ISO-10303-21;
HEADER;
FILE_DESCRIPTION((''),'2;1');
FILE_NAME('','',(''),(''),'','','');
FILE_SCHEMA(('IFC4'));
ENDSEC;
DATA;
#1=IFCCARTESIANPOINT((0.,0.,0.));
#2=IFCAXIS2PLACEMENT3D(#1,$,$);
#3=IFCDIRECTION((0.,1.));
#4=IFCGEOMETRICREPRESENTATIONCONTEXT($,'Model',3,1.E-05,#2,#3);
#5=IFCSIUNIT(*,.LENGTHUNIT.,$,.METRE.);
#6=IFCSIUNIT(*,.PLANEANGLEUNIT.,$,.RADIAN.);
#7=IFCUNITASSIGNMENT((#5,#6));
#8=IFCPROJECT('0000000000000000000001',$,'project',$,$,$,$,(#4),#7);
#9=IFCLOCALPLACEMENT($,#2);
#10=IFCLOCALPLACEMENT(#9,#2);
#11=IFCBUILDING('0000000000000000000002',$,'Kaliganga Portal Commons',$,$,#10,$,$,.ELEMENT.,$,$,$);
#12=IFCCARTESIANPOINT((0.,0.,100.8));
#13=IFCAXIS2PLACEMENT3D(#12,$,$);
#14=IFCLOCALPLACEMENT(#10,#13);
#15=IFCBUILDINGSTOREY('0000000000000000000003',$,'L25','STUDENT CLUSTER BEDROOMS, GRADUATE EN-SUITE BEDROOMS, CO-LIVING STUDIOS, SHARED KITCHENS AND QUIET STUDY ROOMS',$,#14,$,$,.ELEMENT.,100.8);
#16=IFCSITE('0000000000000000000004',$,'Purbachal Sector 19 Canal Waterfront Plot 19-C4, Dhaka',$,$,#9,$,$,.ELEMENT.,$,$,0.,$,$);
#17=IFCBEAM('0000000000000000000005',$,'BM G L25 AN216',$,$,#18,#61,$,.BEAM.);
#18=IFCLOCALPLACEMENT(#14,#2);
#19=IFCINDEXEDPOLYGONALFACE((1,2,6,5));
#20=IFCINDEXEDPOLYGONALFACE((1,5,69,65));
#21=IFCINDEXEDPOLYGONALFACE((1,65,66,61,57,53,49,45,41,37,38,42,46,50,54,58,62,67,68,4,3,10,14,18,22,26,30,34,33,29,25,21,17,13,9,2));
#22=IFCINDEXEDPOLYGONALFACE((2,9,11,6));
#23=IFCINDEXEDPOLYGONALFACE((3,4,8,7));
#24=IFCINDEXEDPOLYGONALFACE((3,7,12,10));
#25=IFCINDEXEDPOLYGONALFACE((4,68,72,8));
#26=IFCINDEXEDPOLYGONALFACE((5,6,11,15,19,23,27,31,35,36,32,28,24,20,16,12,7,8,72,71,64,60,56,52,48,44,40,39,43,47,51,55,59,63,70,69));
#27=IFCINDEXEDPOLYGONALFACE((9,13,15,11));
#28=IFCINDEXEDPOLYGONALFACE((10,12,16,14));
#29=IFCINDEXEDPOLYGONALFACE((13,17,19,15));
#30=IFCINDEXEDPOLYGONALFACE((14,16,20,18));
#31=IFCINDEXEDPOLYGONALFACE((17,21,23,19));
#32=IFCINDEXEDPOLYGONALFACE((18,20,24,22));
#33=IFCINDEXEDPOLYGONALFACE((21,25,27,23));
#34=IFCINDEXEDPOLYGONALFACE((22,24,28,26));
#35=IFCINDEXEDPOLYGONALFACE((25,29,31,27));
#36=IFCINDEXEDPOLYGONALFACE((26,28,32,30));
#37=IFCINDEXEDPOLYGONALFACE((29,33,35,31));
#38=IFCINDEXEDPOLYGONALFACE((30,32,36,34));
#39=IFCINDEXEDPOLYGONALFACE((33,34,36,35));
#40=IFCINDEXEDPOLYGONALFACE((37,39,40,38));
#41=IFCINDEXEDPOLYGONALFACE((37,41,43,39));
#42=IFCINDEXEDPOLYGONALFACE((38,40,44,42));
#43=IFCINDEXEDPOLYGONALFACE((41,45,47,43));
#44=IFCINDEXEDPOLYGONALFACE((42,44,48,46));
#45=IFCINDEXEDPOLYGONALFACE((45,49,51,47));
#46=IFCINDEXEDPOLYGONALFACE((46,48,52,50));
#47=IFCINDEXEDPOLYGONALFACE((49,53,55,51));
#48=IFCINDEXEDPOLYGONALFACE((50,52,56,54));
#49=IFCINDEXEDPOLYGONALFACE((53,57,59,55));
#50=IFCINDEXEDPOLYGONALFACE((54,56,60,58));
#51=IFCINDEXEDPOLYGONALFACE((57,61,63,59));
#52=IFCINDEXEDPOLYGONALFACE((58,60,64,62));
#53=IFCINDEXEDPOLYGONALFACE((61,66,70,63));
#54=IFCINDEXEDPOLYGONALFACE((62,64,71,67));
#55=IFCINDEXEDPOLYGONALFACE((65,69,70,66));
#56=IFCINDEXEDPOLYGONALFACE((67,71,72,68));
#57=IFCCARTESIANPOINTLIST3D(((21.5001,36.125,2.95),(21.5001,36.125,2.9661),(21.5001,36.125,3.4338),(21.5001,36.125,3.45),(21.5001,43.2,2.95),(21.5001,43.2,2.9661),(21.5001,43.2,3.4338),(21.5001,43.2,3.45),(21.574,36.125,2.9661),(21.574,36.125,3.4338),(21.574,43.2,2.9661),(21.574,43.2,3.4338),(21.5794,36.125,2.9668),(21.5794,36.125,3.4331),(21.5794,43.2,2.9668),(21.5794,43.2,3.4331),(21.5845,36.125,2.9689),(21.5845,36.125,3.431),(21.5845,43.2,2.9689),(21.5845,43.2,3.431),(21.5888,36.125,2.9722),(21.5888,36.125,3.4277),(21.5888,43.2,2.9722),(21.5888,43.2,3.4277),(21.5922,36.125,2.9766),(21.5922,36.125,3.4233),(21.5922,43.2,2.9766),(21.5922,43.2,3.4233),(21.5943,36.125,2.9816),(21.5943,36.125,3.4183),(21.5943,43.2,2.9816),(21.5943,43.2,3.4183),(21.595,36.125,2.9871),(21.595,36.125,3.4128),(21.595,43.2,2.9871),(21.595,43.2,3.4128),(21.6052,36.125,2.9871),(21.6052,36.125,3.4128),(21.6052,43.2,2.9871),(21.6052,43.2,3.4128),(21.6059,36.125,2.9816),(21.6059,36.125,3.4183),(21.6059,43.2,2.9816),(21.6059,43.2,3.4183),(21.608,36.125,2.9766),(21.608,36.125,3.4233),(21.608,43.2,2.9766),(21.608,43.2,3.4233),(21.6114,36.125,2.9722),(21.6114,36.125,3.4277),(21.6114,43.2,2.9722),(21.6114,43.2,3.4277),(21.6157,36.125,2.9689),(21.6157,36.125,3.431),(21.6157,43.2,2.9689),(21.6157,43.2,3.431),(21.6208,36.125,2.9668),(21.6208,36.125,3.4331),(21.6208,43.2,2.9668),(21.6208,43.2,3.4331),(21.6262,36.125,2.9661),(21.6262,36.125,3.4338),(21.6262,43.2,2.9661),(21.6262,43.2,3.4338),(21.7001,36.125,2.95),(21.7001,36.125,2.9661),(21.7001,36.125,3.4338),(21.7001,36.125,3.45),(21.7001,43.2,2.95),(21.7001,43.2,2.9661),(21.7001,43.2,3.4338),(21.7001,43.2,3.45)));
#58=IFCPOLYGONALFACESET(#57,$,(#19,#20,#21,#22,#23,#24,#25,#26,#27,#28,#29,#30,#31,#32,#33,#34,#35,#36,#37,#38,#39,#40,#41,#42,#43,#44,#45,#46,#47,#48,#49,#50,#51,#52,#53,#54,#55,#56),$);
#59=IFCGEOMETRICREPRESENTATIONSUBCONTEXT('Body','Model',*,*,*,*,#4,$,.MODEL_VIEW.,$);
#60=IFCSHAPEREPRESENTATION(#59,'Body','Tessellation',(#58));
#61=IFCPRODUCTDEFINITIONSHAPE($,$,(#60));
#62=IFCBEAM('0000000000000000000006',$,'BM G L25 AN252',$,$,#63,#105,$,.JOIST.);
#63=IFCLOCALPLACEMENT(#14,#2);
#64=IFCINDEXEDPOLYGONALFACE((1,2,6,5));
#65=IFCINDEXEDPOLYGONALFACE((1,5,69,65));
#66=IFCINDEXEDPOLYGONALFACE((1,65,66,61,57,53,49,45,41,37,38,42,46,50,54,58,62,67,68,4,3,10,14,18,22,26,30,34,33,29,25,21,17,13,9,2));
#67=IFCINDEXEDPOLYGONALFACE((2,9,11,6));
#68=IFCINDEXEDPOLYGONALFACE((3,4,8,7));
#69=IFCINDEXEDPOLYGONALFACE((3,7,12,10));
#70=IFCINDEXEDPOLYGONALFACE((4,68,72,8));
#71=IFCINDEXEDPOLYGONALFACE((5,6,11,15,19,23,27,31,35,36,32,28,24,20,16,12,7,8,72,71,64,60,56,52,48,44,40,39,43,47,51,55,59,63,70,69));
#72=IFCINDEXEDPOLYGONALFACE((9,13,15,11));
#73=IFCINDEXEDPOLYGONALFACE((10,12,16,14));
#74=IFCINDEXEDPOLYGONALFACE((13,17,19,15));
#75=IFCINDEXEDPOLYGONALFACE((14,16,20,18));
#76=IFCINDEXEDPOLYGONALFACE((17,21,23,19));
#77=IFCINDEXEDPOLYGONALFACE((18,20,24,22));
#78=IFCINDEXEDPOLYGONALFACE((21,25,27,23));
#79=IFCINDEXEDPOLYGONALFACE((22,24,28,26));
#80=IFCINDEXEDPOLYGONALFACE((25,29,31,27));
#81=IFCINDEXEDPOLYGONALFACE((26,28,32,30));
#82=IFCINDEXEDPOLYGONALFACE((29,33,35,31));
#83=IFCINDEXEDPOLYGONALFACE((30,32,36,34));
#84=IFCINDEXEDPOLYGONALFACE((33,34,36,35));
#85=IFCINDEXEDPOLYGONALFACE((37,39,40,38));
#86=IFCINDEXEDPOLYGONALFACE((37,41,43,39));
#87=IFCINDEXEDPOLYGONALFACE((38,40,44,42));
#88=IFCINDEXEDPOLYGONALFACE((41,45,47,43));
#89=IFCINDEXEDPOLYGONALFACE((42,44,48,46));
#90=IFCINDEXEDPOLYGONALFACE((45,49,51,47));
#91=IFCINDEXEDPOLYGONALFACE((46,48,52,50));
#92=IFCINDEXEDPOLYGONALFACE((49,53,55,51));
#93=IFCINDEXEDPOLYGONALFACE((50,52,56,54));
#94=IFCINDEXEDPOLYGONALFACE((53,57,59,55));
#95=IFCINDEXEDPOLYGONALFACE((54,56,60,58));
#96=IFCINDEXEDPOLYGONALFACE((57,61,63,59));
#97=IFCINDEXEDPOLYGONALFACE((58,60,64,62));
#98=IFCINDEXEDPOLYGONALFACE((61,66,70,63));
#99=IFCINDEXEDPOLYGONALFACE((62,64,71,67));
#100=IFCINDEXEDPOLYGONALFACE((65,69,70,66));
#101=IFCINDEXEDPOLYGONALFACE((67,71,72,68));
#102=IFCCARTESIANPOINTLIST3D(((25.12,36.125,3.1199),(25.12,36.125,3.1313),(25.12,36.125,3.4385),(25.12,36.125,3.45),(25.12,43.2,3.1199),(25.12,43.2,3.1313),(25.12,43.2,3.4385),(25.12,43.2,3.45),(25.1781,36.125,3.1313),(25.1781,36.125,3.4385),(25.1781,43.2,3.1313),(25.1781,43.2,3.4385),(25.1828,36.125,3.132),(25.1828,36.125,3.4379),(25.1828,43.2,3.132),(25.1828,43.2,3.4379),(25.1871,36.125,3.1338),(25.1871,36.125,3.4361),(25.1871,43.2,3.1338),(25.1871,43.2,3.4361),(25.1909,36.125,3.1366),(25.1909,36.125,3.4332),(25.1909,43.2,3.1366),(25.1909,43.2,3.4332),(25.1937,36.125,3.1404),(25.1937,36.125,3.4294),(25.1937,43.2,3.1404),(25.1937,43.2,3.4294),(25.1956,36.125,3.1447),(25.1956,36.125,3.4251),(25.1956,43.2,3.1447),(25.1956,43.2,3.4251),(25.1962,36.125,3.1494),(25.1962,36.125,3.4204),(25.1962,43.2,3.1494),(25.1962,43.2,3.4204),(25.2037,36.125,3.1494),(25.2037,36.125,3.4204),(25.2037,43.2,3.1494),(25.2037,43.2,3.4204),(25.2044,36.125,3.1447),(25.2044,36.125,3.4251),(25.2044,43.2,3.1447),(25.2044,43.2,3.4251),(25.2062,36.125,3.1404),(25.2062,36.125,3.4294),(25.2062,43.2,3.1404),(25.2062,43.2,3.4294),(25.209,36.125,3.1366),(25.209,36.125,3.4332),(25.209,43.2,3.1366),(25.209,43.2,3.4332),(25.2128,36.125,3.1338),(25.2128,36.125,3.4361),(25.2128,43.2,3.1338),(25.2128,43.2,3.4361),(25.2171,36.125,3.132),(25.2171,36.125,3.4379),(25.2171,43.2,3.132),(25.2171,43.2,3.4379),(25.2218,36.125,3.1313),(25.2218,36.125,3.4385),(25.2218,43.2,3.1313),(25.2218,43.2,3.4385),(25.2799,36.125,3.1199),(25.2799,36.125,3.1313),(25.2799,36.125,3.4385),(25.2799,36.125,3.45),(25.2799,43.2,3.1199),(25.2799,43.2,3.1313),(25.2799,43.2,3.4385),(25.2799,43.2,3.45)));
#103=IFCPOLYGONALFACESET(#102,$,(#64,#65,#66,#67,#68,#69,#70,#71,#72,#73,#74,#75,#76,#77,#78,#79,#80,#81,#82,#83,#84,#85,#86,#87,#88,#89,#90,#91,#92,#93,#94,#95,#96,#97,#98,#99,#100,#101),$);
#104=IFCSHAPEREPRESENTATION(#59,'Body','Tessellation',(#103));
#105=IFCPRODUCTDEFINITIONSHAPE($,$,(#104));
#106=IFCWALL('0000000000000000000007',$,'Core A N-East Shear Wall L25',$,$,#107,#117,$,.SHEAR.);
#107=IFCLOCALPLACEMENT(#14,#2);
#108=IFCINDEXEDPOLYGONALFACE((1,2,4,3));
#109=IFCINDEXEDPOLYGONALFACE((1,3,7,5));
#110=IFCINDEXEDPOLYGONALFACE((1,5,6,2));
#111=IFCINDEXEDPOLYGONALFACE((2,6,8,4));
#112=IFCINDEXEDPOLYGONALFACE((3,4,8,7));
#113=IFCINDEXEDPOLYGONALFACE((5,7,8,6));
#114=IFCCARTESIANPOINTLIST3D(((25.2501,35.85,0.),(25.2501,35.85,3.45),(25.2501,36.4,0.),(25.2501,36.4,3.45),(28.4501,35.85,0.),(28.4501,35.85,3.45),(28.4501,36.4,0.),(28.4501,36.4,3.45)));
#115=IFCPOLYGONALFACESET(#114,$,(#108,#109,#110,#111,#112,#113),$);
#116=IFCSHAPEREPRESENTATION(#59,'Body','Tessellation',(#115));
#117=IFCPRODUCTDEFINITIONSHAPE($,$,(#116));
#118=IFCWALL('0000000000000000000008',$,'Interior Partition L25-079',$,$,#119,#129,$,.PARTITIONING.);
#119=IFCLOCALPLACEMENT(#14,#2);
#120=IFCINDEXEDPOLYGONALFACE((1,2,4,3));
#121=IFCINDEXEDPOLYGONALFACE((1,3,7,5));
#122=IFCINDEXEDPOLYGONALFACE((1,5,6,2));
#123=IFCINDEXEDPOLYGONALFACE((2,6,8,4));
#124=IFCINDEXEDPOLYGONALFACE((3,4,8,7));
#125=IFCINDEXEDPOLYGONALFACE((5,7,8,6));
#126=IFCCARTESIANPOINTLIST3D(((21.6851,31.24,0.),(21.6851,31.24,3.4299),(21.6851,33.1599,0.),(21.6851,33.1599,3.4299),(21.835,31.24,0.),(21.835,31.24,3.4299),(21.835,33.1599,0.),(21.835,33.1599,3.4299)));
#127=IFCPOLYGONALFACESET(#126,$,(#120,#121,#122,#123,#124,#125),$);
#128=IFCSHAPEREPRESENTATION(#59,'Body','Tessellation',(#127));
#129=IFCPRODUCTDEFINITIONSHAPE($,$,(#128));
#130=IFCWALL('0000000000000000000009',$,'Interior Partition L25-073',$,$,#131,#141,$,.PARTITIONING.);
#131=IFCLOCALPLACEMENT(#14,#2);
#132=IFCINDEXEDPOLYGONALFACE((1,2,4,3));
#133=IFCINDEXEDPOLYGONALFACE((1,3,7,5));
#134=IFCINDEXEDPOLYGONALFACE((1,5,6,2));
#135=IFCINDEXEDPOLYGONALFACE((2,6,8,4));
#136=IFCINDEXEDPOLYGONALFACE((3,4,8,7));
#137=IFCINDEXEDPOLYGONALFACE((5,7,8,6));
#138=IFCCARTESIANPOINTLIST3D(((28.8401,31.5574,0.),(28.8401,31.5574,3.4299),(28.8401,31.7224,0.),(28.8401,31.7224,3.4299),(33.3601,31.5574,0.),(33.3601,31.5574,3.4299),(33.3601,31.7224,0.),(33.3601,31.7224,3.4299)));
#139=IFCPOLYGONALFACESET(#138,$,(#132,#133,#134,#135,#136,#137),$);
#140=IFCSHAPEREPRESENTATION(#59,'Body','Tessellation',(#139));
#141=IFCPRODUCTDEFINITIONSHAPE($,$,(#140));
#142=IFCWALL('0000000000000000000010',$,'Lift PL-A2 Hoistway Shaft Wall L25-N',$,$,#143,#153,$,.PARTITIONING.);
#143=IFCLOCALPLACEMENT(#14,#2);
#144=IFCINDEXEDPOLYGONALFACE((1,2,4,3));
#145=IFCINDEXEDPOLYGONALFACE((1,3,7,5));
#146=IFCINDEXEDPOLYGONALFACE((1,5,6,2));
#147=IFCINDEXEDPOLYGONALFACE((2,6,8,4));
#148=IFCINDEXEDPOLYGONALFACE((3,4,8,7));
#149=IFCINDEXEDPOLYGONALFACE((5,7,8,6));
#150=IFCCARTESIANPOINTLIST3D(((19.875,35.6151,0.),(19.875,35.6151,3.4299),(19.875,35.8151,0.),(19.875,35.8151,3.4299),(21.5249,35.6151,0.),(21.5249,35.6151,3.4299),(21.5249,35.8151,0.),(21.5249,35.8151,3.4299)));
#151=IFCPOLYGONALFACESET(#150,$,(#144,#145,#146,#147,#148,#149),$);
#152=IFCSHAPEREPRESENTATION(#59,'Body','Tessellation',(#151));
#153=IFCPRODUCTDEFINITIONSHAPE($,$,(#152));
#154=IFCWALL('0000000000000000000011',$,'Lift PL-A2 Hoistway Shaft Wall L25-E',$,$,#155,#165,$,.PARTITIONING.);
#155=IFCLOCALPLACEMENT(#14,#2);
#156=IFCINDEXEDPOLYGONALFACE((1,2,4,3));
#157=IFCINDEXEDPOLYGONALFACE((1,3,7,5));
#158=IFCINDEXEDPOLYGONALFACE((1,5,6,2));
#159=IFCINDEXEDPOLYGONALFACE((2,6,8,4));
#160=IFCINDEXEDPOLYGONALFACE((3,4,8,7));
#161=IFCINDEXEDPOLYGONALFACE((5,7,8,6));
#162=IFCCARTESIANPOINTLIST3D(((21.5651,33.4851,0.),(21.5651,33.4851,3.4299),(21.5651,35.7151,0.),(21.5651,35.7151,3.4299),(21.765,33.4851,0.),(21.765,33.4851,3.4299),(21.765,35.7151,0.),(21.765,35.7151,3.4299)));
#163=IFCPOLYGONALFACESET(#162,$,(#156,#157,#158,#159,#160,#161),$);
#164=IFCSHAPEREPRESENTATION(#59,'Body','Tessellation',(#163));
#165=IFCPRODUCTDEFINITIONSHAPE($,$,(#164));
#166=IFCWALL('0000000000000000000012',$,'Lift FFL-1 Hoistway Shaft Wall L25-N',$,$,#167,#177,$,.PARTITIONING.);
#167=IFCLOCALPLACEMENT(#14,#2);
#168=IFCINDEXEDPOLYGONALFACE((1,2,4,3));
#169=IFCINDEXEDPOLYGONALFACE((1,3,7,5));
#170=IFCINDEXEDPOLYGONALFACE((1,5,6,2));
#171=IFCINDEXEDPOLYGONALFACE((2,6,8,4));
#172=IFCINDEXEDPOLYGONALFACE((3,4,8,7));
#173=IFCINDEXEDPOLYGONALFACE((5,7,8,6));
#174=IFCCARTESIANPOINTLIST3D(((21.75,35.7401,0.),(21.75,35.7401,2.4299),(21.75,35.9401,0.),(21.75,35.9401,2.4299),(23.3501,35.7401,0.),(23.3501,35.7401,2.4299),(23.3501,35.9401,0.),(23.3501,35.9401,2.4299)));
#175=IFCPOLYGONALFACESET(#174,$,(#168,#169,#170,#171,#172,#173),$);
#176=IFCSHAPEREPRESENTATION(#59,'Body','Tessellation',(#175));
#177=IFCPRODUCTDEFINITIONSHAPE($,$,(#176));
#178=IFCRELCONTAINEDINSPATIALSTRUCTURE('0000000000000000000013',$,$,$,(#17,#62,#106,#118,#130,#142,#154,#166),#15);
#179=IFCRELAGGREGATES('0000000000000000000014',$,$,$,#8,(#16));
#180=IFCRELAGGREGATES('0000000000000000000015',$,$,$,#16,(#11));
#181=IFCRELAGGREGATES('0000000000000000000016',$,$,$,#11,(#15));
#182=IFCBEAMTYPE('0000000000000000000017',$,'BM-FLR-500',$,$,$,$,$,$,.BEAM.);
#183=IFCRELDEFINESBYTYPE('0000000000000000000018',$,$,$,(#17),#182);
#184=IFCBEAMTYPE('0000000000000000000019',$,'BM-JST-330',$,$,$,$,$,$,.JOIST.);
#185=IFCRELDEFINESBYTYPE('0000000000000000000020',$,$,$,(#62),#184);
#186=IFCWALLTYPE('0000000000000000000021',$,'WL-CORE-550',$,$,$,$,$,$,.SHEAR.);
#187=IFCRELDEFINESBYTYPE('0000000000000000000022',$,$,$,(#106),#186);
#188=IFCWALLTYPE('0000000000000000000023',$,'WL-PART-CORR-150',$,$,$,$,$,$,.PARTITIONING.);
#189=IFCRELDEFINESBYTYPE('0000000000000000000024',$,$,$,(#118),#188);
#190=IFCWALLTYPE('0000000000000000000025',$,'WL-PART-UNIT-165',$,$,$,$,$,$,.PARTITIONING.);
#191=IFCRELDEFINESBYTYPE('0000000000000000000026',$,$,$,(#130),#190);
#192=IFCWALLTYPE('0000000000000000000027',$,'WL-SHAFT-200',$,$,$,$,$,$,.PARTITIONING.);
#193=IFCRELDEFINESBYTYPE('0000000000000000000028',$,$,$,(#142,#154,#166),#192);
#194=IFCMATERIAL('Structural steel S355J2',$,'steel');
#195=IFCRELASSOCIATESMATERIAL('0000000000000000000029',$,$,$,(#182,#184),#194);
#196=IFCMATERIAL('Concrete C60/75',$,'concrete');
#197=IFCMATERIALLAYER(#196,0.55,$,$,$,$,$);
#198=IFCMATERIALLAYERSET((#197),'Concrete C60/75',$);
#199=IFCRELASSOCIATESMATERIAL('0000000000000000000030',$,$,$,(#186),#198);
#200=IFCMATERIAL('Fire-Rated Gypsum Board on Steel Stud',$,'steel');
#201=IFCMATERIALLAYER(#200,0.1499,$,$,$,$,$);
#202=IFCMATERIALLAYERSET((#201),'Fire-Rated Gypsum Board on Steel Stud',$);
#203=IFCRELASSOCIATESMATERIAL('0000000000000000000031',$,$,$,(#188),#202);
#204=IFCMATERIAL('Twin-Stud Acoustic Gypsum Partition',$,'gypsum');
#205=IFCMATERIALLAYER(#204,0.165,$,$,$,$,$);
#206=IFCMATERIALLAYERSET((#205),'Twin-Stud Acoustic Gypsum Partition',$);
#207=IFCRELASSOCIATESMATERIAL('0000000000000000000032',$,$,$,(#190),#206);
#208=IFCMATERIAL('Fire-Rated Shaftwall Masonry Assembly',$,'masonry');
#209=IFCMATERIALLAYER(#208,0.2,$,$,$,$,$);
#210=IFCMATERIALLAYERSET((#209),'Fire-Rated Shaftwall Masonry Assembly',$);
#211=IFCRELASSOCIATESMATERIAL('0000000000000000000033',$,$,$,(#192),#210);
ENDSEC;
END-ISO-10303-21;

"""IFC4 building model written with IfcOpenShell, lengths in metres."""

from ifc_helpers import new_model, si_unit, direction, frame, frame_2d, origin, origin_2d, place, context, subcontext, project, spatial, rectangle, i_section, extrude, source, transform, mapped, material, layer, layer_set, material_profile, profile_set, type_object, element, save


model = new_model("IFC4")

# Units and contexts
model_context = context("Model", 3, precision=1e-05, world=origin(), true_north=direction((0.0, 1.0)))
body_context = subcontext(model_context, "Body", "Model", "MODEL_VIEW")
ifc_project = project(units=[si_unit("LENGTHUNIT", "METRE"), si_unit("PLANEANGLEUNIT", "RADIAN")], contexts=[model_context])

# Site, building, storey
site_placement = place(None, origin())
site = spatial("IfcSite", under=ifc_project, at=site_placement, Name="Purbachal Sector 19 Canal Waterfront Plot 19-C4, Dhaka", CompositionType="ELEMENT", RefElevation=0.0)
building_placement = place(site_placement, origin())
building = spatial("IfcBuilding", under=site, at=building_placement, Name="Kaliganga Portal Commons", CompositionType="ELEMENT")
storey_placement = place(building_placement, frame((0.0, 0.0, 100.8)))
storey = spatial("IfcBuildingStorey", under=building, at=storey_placement, Name="L25", Description="STUDENT CLUSTER BEDROOMS, GRADUATE EN-SUITE BEDROOMS, CO-LIVING STUDIOS, SHARED KITCHENS AND QUIET STUDY ROOMS", CompositionType="ELEMENT", Elevation=100.8)

# Beams
ifc_material_1 = material(Name="Structural steel S355J2", Category="steel")
ifc_material_profile_1 = material_profile(ifc_material_1, i_section(OverallWidth=0.2, OverallDepth=0.5, WebThickness=0.0103, FlangeThickness=0.0161, FilletRadius=0.021, at=origin_2d()), Name="IPE 500")
ifc_profile_set_1 = profile_set([ifc_material_profile_1], Name="Structural steel S355J2 wide-flange")
beam_type_1 = type_object("IfcBeamType", Name="BM-FLR-500", PredefinedType="BEAM", material=ifc_profile_set_1)
shared_shape_1 = source(origin(), body_context, "Body", "SweptSolid", [
    extrude(i_section(OverallWidth=0.2, OverallDepth=0.5, WebThickness=0.0103, FlangeThickness=0.0161, FilletRadius=0.021, at=origin_2d()), origin(), (0.0, 0.0, 1.0), 7.075),
])
beam_1_placement = place(storey_placement, frame((21.6001, 36.125, 3.2), z_axis=(0.0, 1.0, 0.0), x_axis=(-1.0, 0.0, 0.0)))
element("IfcBeam", 1, at=beam_1_placement, inside=storey, type_object=beam_type_1, Name="BM G L25 AN216", PredefinedType="BEAM", context=body_context, shape_type="MappedRepresentation", body=[
    mapped(shared_shape_1, transform((0.0, 0.0, 0.0), x_axis=(1.0, 0.0, 0.0), y_axis=(0.0, 1.0, 0.0), z_axis=(0.0, 0.0, 1.0), scale=1.0)),
])
ifc_material_profile_2 = material_profile(ifc_material_1, i_section(OverallWidth=0.1599, OverallDepth=0.3301, WebThickness=0.0076, FlangeThickness=0.0115, FilletRadius=0.0181, at=origin_2d()), Name="IPE 330")
ifc_profile_set_2 = profile_set([ifc_material_profile_2], Name="Structural steel S355J2 wide-flange")
beam_type_2 = type_object("IfcBeamType", Name="BM-JST-330", PredefinedType="JOIST", material=ifc_profile_set_2)
shared_shape_2 = source(origin(), body_context, "Body", "SweptSolid", [
    extrude(i_section(OverallWidth=0.1599, OverallDepth=0.3301, WebThickness=0.0076, FlangeThickness=0.0115, FilletRadius=0.0181, at=origin_2d()), origin(), (0.0, 0.0, 1.0), 7.075),
])
beam_2_placement = place(storey_placement, frame((25.2, 36.125, 3.2849), z_axis=(0.0, 1.0, 0.0), x_axis=(-1.0, 0.0, 0.0)))
element("IfcBeam", 2, at=beam_2_placement, inside=storey, type_object=beam_type_2, Name="BM G L25 AN252", PredefinedType="JOIST", context=body_context, shape_type="MappedRepresentation", body=[
    mapped(shared_shape_2, transform((0.0, 0.0, 0.0), x_axis=(1.0, 0.0, 0.0), y_axis=(0.0, 1.0, 0.0), z_axis=(0.0, 0.0, 1.0), scale=1.0)),
])

# Walls
ifc_material_2 = material(Name="Concrete C60/75", Category="concrete")
ifc_layer_1 = layer(ifc_material_2, 0.55)
ifc_layer_set_1 = layer_set([ifc_layer_1], Name="Concrete C60/75")
wall_type_1 = type_object("IfcWallType", Name="WL-CORE-550", PredefinedType="SHEAR", material=ifc_layer_set_1)
wall_1_placement = place(storey_placement, frame((25.25, 36.125, 0.0), z_axis=(0.0, 0.0, 1.0), x_axis=(1.0, 0.0, 0.0)))
element("IfcWall", 3, at=wall_1_placement, inside=storey, type_object=wall_type_1, Name="Core A N-East Shear Wall L25", PredefinedType="SHEAR", context=body_context, shape_type="SweptSolid", body=[
    extrude(rectangle(XDim=3.2, YDim=0.55, at=frame_2d((1.6001, 0.0))), origin(), (0.0, 0.0, 1.0), 3.45),
])
ifc_material_3 = material(Name="Fire-Rated Gypsum Board on Steel Stud", Category="steel")
ifc_layer_2 = layer(ifc_material_3, 0.1499)
ifc_layer_set_2 = layer_set([ifc_layer_2], Name="Fire-Rated Gypsum Board on Steel Stud")
wall_type_2 = type_object("IfcWallType", Name="WL-PART-CORR-150", PredefinedType="PARTITIONING", material=ifc_layer_set_2)
wall_2_placement = place(storey_placement, frame((21.76, 31.24, 0.0), z_axis=(0.0, 0.0, 1.0), x_axis=(0.0, 1.0, 0.0)))
element("IfcWall", 4, at=wall_2_placement, inside=storey, type_object=wall_type_2, Name="Interior Partition L25-079", PredefinedType="PARTITIONING", context=body_context, shape_type="SweptSolid", body=[
    extrude(rectangle(XDim=1.9199, YDim=0.1499, at=frame_2d((0.96, 0.0))), origin(), (0.0, 0.0, 1.0), 3.4299),
])
ifc_material_4 = material(Name="Twin-Stud Acoustic Gypsum Partition", Category="gypsum")
ifc_layer_3 = layer(ifc_material_4, 0.165)
ifc_layer_set_3 = layer_set([ifc_layer_3], Name="Twin-Stud Acoustic Gypsum Partition")
wall_type_3 = type_object("IfcWallType", Name="WL-PART-UNIT-165", PredefinedType="PARTITIONING", material=ifc_layer_set_3)
wall_3_placement = place(storey_placement, frame((28.8401, 31.6399, 0.0), z_axis=(0.0, 0.0, 1.0), x_axis=(1.0, 0.0, 0.0)))
element("IfcWall", 5, at=wall_3_placement, inside=storey, type_object=wall_type_3, Name="Interior Partition L25-073", PredefinedType="PARTITIONING", context=body_context, shape_type="SweptSolid", body=[
    extrude(rectangle(XDim=4.52, YDim=0.165, at=frame_2d((2.26, 0.0))), origin(), (0.0, 0.0, 1.0), 3.4299),
])
ifc_material_5 = material(Name="Fire-Rated Shaftwall Masonry Assembly", Category="masonry")
ifc_layer_4 = layer(ifc_material_5, 0.2)
ifc_layer_set_4 = layer_set([ifc_layer_4], Name="Fire-Rated Shaftwall Masonry Assembly")
wall_type_4 = type_object("IfcWallType", Name="WL-SHAFT-200", PredefinedType="PARTITIONING", material=ifc_layer_set_4)
wall_4_placement = place(storey_placement, frame((19.875, 35.7151, 0.0), z_axis=(0.0, 0.0, 1.0), x_axis=(1.0, 0.0, 0.0)))
element("IfcWall", 6, at=wall_4_placement, inside=storey, type_object=wall_type_4, Name="Lift PL-A2 Hoistway Shaft Wall L25-N", PredefinedType="PARTITIONING", context=body_context, shape_type="SweptSolid", body=[
    extrude(rectangle(XDim=1.6499, YDim=0.2, at=frame_2d((0.825, 0.0))), origin(), (0.0, 0.0, 1.0), 3.4299),
])
wall_5_placement = place(storey_placement, frame((21.665, 33.4851, 0.0), z_axis=(0.0, 0.0, 1.0), x_axis=(0.0, 1.0, 0.0)))
element("IfcWall", 7, at=wall_5_placement, inside=storey, type_object=wall_type_4, Name="Lift PL-A2 Hoistway Shaft Wall L25-E", PredefinedType="PARTITIONING", context=body_context, shape_type="SweptSolid", body=[
    extrude(rectangle(XDim=2.23, YDim=0.2, at=frame_2d((1.115, 0.0))), origin(), (0.0, 0.0, 1.0), 3.4299),
])

# Wall
wall_6_placement = place(storey_placement, frame((21.75, 35.8401, 0.0), z_axis=(0.0, 0.0, 1.0), x_axis=(1.0, 0.0, 0.0)))
element("IfcWall", 8, at=wall_6_placement, inside=storey, type_object=wall_type_4, Name="Lift FFL-1 Hoistway Shaft Wall L25-N", PredefinedType="PARTITIONING", context=body_context, shape_type="SweptSolid", body=[
    extrude(rectangle(XDim=1.6001, YDim=0.2, at=frame_2d((0.8, 0.0))), origin(), (0.0, 0.0, 1.0), 2.4299),
])

save(model, "model.ifc")
